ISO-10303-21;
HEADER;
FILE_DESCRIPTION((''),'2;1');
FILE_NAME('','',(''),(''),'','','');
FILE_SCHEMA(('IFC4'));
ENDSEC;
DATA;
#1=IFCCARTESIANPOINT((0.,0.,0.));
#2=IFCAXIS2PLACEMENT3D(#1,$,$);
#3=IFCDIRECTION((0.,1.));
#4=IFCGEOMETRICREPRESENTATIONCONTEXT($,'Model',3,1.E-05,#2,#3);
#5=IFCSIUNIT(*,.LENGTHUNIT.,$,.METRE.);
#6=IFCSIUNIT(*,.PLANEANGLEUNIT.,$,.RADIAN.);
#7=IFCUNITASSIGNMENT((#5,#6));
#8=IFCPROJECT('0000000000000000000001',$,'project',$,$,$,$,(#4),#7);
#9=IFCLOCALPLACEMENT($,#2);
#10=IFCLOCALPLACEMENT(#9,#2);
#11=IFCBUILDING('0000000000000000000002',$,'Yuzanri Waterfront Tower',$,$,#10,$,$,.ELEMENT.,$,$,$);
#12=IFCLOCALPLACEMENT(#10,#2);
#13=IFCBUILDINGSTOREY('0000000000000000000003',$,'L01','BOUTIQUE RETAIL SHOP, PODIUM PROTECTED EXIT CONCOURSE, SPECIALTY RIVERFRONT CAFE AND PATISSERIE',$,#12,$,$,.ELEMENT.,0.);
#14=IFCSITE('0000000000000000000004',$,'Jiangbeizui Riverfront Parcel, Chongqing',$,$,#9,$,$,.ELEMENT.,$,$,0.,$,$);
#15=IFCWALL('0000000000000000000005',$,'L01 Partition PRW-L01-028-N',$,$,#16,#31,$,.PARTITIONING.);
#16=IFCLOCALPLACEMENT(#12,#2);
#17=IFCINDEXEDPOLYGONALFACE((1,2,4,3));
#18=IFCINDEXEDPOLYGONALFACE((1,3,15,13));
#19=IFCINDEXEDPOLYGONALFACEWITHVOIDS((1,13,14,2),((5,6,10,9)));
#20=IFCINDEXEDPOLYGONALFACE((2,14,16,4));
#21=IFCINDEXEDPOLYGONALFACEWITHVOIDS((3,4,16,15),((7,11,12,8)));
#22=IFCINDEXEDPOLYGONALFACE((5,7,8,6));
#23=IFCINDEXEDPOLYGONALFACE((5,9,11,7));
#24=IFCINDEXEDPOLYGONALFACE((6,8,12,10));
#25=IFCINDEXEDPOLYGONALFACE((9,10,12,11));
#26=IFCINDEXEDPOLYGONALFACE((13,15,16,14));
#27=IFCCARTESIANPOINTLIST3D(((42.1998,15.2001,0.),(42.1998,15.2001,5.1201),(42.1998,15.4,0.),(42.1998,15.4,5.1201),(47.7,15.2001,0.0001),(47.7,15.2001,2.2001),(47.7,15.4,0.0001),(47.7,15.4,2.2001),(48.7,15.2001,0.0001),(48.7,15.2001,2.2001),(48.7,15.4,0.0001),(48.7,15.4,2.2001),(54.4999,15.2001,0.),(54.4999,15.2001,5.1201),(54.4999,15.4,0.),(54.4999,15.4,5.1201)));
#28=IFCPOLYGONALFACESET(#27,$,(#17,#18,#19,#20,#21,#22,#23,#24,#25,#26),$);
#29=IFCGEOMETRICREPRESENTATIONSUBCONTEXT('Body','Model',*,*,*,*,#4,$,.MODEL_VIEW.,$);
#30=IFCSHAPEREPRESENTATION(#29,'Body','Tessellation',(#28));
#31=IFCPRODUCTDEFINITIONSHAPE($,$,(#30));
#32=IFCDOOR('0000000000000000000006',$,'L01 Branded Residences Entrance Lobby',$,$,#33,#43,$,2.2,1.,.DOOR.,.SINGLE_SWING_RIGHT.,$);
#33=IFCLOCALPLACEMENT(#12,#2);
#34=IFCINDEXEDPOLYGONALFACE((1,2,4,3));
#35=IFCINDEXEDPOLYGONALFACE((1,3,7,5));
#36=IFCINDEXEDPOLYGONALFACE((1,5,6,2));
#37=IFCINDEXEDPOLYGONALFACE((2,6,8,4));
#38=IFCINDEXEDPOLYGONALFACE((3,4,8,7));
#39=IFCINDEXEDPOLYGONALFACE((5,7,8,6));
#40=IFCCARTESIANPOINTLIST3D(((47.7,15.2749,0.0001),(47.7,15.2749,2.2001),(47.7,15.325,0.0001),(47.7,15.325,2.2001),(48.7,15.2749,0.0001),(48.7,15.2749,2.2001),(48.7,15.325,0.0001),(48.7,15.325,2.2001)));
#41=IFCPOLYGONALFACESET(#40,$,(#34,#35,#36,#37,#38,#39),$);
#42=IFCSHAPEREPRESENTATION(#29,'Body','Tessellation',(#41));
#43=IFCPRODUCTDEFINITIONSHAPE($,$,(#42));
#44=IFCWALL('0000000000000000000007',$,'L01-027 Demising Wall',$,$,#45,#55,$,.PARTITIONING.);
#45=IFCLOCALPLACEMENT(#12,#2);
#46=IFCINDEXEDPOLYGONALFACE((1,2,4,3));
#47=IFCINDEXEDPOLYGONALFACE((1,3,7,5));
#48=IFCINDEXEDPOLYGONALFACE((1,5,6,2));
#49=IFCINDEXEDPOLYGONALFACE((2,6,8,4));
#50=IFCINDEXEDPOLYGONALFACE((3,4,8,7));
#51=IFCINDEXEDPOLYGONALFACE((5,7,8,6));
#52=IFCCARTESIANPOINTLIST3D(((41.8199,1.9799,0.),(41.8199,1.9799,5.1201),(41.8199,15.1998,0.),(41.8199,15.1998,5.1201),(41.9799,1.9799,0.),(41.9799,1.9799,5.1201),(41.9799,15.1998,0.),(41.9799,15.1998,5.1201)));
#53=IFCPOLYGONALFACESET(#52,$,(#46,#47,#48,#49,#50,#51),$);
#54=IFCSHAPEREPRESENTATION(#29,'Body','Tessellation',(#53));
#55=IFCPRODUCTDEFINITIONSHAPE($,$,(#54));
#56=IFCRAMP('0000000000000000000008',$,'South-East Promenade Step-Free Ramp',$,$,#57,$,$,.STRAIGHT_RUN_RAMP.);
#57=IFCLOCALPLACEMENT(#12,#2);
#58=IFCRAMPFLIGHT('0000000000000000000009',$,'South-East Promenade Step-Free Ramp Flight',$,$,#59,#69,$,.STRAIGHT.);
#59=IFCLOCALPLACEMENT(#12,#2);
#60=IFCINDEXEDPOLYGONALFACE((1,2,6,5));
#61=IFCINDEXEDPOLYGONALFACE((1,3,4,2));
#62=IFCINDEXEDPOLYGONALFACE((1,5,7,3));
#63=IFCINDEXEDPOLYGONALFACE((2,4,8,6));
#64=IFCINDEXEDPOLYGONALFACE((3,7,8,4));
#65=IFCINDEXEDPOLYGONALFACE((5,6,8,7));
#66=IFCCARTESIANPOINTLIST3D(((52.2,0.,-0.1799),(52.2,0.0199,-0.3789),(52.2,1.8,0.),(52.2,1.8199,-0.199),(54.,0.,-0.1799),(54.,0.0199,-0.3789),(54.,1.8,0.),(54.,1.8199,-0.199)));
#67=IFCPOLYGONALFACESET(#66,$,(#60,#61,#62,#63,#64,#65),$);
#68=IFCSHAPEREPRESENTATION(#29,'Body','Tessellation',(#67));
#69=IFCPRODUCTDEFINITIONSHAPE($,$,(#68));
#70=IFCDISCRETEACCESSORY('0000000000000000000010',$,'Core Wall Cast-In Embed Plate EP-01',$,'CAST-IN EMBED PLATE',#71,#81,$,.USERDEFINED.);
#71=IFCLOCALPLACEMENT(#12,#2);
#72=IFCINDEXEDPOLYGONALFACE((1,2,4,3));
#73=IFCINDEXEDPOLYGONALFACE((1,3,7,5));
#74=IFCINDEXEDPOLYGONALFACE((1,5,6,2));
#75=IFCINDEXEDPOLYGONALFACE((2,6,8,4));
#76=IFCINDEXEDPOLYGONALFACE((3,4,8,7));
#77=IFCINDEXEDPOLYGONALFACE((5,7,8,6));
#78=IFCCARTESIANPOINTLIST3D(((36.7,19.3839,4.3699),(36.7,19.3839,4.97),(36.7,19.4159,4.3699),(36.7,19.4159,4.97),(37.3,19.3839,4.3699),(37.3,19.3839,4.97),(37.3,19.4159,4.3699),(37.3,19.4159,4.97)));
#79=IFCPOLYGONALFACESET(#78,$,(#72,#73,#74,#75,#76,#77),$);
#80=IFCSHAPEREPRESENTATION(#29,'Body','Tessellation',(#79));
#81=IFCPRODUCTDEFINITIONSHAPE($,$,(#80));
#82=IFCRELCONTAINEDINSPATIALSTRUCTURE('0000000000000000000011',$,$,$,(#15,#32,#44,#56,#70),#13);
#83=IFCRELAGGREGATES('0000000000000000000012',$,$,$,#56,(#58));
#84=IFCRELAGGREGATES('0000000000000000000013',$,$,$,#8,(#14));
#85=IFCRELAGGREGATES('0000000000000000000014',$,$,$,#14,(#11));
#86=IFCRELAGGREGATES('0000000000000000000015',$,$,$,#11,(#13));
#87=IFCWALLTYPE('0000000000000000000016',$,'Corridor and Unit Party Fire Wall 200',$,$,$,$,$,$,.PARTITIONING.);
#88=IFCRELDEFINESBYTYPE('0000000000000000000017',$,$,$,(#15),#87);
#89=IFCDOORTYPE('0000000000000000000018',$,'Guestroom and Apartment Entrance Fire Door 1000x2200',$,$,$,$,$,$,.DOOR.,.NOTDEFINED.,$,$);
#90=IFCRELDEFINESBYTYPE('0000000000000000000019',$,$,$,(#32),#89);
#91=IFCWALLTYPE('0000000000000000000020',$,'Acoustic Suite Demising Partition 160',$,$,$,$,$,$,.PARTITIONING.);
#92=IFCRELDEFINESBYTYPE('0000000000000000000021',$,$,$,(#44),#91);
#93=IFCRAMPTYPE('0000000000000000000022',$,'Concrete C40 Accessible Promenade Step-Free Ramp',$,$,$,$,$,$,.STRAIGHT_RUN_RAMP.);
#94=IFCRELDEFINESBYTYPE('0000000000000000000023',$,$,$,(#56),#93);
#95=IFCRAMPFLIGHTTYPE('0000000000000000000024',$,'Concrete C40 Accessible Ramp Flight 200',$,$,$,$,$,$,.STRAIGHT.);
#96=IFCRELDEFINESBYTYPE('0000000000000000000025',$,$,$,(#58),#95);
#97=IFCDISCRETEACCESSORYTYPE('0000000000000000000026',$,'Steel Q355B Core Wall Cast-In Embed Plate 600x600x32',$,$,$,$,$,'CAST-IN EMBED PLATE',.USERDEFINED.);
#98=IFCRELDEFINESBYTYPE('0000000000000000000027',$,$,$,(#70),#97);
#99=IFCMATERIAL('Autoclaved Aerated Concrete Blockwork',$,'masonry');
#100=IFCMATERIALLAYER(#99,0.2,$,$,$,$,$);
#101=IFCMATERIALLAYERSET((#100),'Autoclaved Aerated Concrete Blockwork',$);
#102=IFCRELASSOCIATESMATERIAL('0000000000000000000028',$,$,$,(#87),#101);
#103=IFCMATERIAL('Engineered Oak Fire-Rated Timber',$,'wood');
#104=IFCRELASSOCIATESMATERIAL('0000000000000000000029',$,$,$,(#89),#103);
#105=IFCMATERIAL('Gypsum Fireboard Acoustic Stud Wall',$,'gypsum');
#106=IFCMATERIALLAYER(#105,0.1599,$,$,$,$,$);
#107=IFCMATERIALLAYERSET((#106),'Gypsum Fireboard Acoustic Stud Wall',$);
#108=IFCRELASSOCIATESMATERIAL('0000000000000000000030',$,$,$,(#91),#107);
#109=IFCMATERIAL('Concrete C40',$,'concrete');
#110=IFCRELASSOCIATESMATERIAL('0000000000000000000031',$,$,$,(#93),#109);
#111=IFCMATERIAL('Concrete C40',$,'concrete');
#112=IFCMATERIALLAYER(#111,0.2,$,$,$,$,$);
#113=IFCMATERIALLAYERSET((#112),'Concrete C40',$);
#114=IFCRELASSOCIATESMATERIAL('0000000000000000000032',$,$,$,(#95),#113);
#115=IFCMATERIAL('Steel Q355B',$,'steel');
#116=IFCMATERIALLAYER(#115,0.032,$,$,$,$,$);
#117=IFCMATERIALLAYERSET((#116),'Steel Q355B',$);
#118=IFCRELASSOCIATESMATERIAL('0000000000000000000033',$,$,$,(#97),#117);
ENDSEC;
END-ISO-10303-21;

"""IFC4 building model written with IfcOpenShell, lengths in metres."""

from ifc_helpers import new_model, si_unit, direction, frame, frame_2d, origin, origin_2d, place, context, subcontext, project, spatial, polyline, rectangle, outline, extrude, source, transform, mapped, material, layer, layer_set, type_object, element, fill, aggregate, save


model = new_model("IFC4")

# Units and contexts
model_context = context("Model", 3, precision=1e-05, world=origin(), true_north=direction((0.0, 1.0)))
body_context = subcontext(model_context, "Body", "Model", "MODEL_VIEW")
ifc_project = project(units=[si_unit("LENGTHUNIT", "METRE"), si_unit("PLANEANGLEUNIT", "RADIAN")], contexts=[model_context])

# Site, building, storey
site_placement = place(None, origin())
site = spatial("IfcSite", under=ifc_project, at=site_placement, Name="Jiangbeizui Riverfront Parcel, Chongqing", CompositionType="ELEMENT", RefElevation=0.0)
building_placement = place(site_placement, origin())
building = spatial("IfcBuilding", under=site, at=building_placement, Name="Yuzanri Waterfront Tower", CompositionType="ELEMENT")
storey_placement = place(building_placement, origin())
storey = spatial("IfcBuildingStorey", under=building, at=storey_placement, Name="L01", Description="BOUTIQUE RETAIL SHOP, PODIUM PROTECTED EXIT CONCOURSE, SPECIALTY RIVERFRONT CAFE AND PATISSERIE", CompositionType="ELEMENT", Elevation=0.0)

# Wall, opening, door
ifc_material_1 = material(Name="Autoclaved Aerated Concrete Blockwork", Category="masonry")
ifc_layer_1 = layer(ifc_material_1, 0.2)
ifc_layer_set_1 = layer_set([ifc_layer_1], Name="Autoclaved Aerated Concrete Blockwork")
wall_type_1 = type_object("IfcWallType", Name="Corridor and Unit Party Fire Wall 200", PredefinedType="PARTITIONING", material=ifc_layer_set_1)
wall_1_placement = place(storey_placement, frame((42.2, 15.3, 0.0), z_axis=(0.0, 0.0, 1.0), x_axis=(1.0, 0.0, 0.0)))
wall_1 = element("IfcWall", 1, at=wall_1_placement, inside=storey, type_object=wall_type_1, Name="L01 Partition PRW-L01-028-N", PredefinedType="PARTITIONING", context=body_context, shape_type="SweptSolid", body=[
    extrude(rectangle(XDim=12.3, YDim=0.2, at=frame_2d((6.1499, 0.0))), origin(), (0.0, 0.0, 1.0), 5.1201),
])
opening_placement = place(wall_1_placement, frame((5.5, 0.0, 0.0)))
opening = element("IfcOpeningElement", 2, at=opening_placement, cuts=wall_1, PredefinedType="OPENING", context=body_context, shape_type="SweptSolid", body=[
    extrude(rectangle(XDim=1.0, YDim=2.2, at=frame_2d((0.5, 1.1001))), frame((0.0, 0.1147, 0.0), z_axis=(0.0, -1.0, 0.0), x_axis=(1.0, 0.0, 0.0)), (0.0, 0.0, 1.0), 0.2297),
])
ifc_material_2 = material(Name="Engineered Oak Fire-Rated Timber", Category="wood")
door_type = type_object("IfcDoorType", Name="Guestroom and Apartment Entrance Fire Door 1000x2200", OperationType="NOTDEFINED", PredefinedType="DOOR", material=ifc_material_2)
shared_shape_1 = source(origin(), body_context, "Body", "SweptSolid", [
    extrude(rectangle(XDim=1.0, YDim=2.2, at=frame_2d((0.5, 1.1001))), frame((0.0, 0.0249, 0.0), z_axis=(0.0, -1.0, 0.0), x_axis=(1.0, 0.0, 0.0)), (0.0, 0.0, 1.0), 0.05),
])
door_placement = place(opening_placement, origin())
door = element("IfcDoor", 3, at=door_placement, inside=storey, type_object=door_type, Name="L01 Branded Residences Entrance Lobby", OperationType="SINGLE_SWING_RIGHT", OverallHeight=2.2, OverallWidth=1.0, PredefinedType="DOOR", context=body_context, shape_type="MappedRepresentation", body=[
    mapped(shared_shape_1, transform((0.0, 0.0, 0.0), scale=1.0)),
])
fill(opening, door)

# Wall
ifc_material_3 = material(Name="Gypsum Fireboard Acoustic Stud Wall", Category="gypsum")
ifc_layer_2 = layer(ifc_material_3, 0.1599)
ifc_layer_set_2 = layer_set([ifc_layer_2], Name="Gypsum Fireboard Acoustic Stud Wall")
wall_type_2 = type_object("IfcWallType", Name="Acoustic Suite Demising Partition 160", PredefinedType="PARTITIONING", material=ifc_layer_set_2)
shared_shape_2 = source(origin(), body_context, "Body", "SweptSolid", [
    extrude(rectangle(XDim=13.22, YDim=0.1599, at=frame_2d((6.6099, 0.0))), origin(), (0.0, 0.0, 1.0), 5.1201),
])
wall_2_placement = place(storey_placement, frame((41.8999, 1.98, 0.0), z_axis=(0.0, 0.0, 1.0), x_axis=(0.0, 1.0, 0.0)))
element("IfcWall", 4, at=wall_2_placement, inside=storey, type_object=wall_type_2, Name="L01-027 Demising Wall", PredefinedType="PARTITIONING", context=body_context, shape_type="MappedRepresentation", body=[
    mapped(shared_shape_2, transform((0.0, 0.0, 0.0), scale=1.0)),
])

# Ramp, ramp flight
ifc_material_4 = material(Name="Concrete C40", Category="concrete")
ramp_type = type_object("IfcRampType", Name="Concrete C40 Accessible Promenade Step-Free Ramp", PredefinedType="STRAIGHT_RUN_RAMP", material=ifc_material_4)
ramp_placement = place(storey_placement, origin())
ramp = element("IfcRamp", 5, at=ramp_placement, inside=storey, type_object=ramp_type, Name="South-East Promenade Step-Free Ramp", PredefinedType="STRAIGHT_RUN_RAMP")
ifc_material_5 = material(Name="Concrete C40", Category="concrete")
ifc_layer_3 = layer(ifc_material_5, 0.2)
ifc_layer_set_3 = layer_set([ifc_layer_3], Name="Concrete C40")
ramp_flight_type = type_object("IfcRampFlightType", Name="Concrete C40 Accessible Ramp Flight 200", PredefinedType="STRAIGHT", material=ifc_layer_set_3)
ramp_flight_placement = place(storey_placement, frame((52.2, 0.0, -0.1799), z_axis=(0.0, -0.099464, 0.995041), x_axis=(1.0, 0.0, 0.0)))
ramp_flight = element("IfcRampFlight", 6, at=ramp_flight_placement, type_object=ramp_flight_type, Name="South-East Promenade Step-Free Ramp Flight", PredefinedType="STRAIGHT", context=body_context, shape_type="SweptSolid", body=[
    extrude(outline(polyline([(0.0, 0.0), (1.8, 0.0), (1.8, 1.809), (0.0, 1.809), (0.0, 0.0)])), origin(), (0.0, 0.0, -1.0), 0.2),
])
aggregate(ramp, [ramp_flight])

# Discrete accessory
ifc_material_6 = material(Name="Steel Q355B", Category="steel")
ifc_layer_4 = layer(ifc_material_6, 0.032)
ifc_layer_set_4 = layer_set([ifc_layer_4], Name="Steel Q355B")
discrete_accessory_type = type_object("IfcDiscreteAccessoryType", Name="Steel Q355B Core Wall Cast-In Embed Plate 600x600x32", ElementType="CAST-IN EMBED PLATE", PredefinedType="USERDEFINED", material=ifc_layer_set_4)
shared_shape_3 = source(origin(), body_context, "Body", "SweptSolid", [
    extrude(rectangle(XDim=0.6001, YDim=0.032, at=origin_2d()), origin(), (0.0, 0.0, 1.0), 0.6001),
])
discrete_accessory_placement = place(storey_placement, frame((37.0, 19.3999, 4.3699), z_axis=(0.0, 0.0, 1.0), x_axis=(1.0, 0.0, 0.0)))
element("IfcDiscreteAccessory", 7, at=discrete_accessory_placement, inside=storey, type_object=discrete_accessory_type, Name="Core Wall Cast-In Embed Plate EP-01", ObjectType="CAST-IN EMBED PLATE", PredefinedType="USERDEFINED", context=body_context, shape_type="MappedRepresentation", body=[
    mapped(shared_shape_3, transform((0.0, 0.0, 0.0), scale=1.0)),
])

save(model, "model.ifc")
